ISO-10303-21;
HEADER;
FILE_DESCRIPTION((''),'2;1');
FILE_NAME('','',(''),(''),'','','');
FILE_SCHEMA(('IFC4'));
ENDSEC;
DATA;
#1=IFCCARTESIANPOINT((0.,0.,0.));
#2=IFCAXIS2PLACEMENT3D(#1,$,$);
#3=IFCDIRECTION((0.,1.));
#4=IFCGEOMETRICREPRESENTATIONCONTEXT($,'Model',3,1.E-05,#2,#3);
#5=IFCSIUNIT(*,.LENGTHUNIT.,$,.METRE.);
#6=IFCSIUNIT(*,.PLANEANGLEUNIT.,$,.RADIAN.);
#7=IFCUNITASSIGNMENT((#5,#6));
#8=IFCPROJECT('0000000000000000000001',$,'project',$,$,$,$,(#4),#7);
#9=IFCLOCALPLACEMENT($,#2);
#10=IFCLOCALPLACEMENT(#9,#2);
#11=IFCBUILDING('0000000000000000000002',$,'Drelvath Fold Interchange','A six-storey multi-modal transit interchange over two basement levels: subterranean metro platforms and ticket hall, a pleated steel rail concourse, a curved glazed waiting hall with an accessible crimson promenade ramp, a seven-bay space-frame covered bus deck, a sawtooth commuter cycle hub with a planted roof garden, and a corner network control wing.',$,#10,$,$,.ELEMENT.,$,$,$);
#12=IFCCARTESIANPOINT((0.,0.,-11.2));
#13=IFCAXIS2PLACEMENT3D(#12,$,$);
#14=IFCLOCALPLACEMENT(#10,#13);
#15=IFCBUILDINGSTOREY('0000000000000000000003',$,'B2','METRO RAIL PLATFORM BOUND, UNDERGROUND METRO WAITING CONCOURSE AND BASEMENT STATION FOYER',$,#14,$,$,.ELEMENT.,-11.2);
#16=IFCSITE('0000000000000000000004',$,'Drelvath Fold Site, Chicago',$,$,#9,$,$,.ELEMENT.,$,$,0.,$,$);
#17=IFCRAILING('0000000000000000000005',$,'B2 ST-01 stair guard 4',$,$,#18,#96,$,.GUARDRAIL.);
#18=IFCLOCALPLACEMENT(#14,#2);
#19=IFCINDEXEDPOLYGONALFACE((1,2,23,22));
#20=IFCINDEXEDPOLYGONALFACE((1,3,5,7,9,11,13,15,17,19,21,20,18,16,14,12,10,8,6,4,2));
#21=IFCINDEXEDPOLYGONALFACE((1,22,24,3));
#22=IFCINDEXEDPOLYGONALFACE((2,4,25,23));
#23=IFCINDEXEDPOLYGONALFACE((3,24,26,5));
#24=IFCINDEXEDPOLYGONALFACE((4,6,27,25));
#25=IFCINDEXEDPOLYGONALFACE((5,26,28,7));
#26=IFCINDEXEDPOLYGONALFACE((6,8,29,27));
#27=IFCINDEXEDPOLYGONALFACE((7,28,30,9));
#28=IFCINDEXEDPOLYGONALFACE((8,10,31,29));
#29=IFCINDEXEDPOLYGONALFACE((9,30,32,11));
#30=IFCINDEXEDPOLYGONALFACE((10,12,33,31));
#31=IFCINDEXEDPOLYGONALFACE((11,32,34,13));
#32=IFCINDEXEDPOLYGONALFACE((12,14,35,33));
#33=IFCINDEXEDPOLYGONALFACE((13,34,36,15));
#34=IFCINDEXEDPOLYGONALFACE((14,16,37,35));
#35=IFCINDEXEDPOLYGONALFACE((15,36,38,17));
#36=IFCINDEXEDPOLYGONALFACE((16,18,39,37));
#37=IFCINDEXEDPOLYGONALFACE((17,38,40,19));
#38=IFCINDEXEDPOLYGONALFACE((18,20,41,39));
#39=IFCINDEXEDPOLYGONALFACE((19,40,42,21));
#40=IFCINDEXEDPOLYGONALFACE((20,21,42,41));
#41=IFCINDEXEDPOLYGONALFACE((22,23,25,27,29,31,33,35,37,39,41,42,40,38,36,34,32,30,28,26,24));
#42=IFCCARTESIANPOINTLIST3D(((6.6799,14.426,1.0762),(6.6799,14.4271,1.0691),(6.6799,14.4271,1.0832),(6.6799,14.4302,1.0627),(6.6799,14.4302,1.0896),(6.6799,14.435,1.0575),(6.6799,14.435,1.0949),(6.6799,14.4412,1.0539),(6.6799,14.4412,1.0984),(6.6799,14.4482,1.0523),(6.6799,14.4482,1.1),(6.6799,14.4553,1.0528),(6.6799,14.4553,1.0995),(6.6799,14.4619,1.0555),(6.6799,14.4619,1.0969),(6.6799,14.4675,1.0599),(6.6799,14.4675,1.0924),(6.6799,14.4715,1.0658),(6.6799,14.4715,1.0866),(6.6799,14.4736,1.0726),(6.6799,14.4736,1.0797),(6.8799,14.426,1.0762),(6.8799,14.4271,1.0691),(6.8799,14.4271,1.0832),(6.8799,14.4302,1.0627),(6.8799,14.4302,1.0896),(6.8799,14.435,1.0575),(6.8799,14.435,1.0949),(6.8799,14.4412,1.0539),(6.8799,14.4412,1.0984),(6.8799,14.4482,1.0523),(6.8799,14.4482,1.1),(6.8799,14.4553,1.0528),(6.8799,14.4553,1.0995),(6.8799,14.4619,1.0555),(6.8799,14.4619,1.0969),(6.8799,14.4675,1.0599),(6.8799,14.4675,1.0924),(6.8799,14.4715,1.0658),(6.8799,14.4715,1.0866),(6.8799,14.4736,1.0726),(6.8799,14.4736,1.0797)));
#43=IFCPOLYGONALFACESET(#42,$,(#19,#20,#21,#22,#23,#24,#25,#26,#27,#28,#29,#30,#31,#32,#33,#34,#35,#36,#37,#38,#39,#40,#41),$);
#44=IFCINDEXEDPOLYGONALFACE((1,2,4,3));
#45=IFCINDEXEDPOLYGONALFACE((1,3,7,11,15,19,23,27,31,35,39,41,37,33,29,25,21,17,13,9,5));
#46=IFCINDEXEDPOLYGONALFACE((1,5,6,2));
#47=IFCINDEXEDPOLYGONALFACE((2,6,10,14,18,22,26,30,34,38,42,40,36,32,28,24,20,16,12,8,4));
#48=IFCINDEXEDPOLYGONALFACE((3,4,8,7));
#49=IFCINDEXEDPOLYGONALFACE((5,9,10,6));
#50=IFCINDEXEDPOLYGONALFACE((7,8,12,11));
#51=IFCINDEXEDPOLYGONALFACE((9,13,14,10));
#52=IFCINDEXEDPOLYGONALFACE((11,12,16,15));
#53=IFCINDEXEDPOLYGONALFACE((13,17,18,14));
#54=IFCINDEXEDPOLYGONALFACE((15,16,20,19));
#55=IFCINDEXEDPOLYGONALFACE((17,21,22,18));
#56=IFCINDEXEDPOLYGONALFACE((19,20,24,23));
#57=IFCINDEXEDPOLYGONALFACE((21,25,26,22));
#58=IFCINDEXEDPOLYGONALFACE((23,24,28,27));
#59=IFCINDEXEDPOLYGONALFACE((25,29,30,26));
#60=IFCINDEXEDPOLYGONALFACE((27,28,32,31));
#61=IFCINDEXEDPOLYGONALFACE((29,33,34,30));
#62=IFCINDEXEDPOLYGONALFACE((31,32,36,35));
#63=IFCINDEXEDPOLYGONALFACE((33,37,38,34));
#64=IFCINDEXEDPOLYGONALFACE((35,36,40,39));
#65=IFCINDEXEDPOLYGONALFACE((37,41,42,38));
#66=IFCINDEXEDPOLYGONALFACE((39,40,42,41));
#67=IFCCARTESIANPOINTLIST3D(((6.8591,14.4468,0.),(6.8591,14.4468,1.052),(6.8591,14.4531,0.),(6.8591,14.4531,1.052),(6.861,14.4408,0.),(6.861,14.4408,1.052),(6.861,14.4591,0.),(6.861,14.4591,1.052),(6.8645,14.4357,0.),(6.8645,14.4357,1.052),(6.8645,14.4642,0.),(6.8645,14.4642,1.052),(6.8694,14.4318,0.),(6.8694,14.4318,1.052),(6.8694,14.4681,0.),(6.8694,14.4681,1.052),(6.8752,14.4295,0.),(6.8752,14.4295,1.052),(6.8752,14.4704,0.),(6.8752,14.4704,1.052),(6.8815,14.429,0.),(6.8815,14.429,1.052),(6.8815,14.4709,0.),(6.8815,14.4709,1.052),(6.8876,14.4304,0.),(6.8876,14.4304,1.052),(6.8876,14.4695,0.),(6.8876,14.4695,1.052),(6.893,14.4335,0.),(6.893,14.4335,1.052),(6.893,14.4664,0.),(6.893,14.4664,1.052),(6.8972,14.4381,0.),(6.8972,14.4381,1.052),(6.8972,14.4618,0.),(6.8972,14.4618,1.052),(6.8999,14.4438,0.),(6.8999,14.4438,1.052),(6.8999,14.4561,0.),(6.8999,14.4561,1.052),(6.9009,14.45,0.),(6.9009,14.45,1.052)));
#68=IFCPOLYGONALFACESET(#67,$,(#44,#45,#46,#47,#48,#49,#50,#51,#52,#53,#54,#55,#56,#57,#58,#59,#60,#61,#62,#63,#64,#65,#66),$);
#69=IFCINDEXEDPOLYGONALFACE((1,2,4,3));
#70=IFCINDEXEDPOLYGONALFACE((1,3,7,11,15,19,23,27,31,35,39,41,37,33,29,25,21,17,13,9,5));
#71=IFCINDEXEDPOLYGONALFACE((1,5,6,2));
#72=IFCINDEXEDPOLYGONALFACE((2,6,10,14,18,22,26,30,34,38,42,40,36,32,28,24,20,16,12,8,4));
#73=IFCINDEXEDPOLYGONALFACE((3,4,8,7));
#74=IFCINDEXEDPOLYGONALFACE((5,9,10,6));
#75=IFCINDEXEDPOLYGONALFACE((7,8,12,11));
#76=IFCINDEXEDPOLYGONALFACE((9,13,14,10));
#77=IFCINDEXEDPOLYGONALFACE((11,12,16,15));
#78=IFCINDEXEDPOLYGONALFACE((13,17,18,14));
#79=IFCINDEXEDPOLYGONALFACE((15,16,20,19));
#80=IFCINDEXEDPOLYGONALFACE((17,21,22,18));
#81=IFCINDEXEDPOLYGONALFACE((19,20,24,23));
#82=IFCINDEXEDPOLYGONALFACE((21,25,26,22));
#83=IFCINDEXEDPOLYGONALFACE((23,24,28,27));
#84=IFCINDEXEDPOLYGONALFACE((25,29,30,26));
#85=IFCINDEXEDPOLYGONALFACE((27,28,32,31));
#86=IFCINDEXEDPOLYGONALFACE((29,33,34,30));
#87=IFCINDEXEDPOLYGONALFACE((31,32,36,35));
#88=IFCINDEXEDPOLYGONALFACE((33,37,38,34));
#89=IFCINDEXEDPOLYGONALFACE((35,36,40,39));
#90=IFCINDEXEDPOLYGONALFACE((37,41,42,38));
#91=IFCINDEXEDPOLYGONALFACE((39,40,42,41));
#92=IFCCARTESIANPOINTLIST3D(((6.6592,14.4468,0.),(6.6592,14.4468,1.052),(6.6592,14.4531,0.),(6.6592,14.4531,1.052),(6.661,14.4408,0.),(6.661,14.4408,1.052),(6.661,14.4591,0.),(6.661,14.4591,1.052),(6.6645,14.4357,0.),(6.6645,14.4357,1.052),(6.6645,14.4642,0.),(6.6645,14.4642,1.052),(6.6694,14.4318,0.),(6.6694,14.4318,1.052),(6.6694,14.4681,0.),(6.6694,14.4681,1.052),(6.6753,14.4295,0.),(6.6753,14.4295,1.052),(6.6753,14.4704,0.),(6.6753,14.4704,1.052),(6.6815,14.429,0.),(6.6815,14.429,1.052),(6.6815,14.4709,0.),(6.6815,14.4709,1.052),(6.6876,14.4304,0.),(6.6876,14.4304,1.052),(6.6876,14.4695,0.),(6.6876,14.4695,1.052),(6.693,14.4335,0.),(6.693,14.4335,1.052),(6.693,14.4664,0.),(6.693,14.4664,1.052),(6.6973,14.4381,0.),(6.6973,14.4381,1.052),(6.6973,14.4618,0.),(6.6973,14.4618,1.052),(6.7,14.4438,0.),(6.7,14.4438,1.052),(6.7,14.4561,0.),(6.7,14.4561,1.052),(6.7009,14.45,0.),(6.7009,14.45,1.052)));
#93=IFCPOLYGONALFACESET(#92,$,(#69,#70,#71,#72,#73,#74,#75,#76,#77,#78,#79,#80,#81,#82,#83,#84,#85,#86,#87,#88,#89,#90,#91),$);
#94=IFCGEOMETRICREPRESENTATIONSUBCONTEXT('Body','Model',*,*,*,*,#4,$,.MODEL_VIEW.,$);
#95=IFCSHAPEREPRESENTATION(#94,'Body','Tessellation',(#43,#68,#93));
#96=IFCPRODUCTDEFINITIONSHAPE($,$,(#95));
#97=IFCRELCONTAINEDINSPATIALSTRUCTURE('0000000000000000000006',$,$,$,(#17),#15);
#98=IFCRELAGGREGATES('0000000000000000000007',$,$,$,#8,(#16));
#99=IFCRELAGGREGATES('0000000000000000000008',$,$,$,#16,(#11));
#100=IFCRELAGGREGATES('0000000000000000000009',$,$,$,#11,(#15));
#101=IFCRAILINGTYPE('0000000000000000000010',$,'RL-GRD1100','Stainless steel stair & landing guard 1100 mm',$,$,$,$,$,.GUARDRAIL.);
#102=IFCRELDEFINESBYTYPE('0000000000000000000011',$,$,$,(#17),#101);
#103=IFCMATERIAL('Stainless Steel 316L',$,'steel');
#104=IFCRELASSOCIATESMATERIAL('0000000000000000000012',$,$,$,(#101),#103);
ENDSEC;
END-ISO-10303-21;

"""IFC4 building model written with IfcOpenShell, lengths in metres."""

from ifc_helpers import new_model, si_unit, direction, frame, origin, origin_2d, place, context, subcontext, project, spatial, circle, extrude, material, type_object, element, save


model = new_model("IFC4")

# Units and contexts
model_context = context("Model", 3, precision=1e-05, world=origin(), true_north=direction((0.0, 1.0)))
body_context = subcontext(model_context, "Body", "Model", "MODEL_VIEW")
ifc_project = project(units=[si_unit("LENGTHUNIT", "METRE"), si_unit("PLANEANGLEUNIT", "RADIAN")], contexts=[model_context])

# Site, building, storey
site_placement = place(None, origin())
site = spatial("IfcSite", under=ifc_project, at=site_placement, Name="Drelvath Fold Site, Chicago", CompositionType="ELEMENT", RefElevation=0.0)
building_placement = place(site_placement, origin())
building = spatial("IfcBuilding", under=site, at=building_placement, Name="Drelvath Fold Interchange", Description="A six-storey multi-modal transit interchange over two basement levels: subterranean metro platforms and ticket hall, a pleated steel rail concourse, a curved glazed waiting hall with an accessible crimson promenade ramp, a seven-bay space-frame covered bus deck, a sawtooth commuter cycle hub with a planted roof garden, and a corner network control wing.", CompositionType="ELEMENT")
storey_placement = place(building_placement, frame((0.0, 0.0, -11.2)))
storey = spatial("IfcBuildingStorey", under=building, at=storey_placement, Name="B2", Description="METRO RAIL PLATFORM BOUND, UNDERGROUND METRO WAITING CONCOURSE AND BASEMENT STATION FOYER", CompositionType="ELEMENT", Elevation=-11.2)

# Railing
ifc_material_1 = material(Name="Stainless Steel 316L", Category="steel")
railing_type_1 = type_object("IfcRailingType", Name="RL-GRD1100", Description="Stainless steel stair & landing guard 1100 mm", PredefinedType="GUARDRAIL", material=ifc_material_1)
railing_1_placement = place(storey_placement, frame((6.8799, 14.45, 0.0)))
element("IfcRailing", 1, at=railing_1_placement, inside=storey, type_object=railing_type_1, Name="B2 ST-01 stair guard 4", PredefinedType="GUARDRAIL", context=body_context, shape_type="SweptSolid", body=[
    extrude(circle(Radius=0.0239, at=origin_2d()), frame((0.0, 0.0, 1.0762), z_axis=(-1.0, 0.0, 0.0), x_axis=(0.0, -1.0, 0.0)), (0.0, 0.0, 1.0), 0.2),
    extrude(circle(Radius=0.021, at=origin_2d()), origin(), (0.0, 0.0, 1.0), 1.052),
    extrude(circle(Radius=0.021, at=origin_2d()), frame((-0.2, 0.0, 0.0)), (0.0, 0.0, 1.0), 1.052),
])

save(model, "model.ifc")
